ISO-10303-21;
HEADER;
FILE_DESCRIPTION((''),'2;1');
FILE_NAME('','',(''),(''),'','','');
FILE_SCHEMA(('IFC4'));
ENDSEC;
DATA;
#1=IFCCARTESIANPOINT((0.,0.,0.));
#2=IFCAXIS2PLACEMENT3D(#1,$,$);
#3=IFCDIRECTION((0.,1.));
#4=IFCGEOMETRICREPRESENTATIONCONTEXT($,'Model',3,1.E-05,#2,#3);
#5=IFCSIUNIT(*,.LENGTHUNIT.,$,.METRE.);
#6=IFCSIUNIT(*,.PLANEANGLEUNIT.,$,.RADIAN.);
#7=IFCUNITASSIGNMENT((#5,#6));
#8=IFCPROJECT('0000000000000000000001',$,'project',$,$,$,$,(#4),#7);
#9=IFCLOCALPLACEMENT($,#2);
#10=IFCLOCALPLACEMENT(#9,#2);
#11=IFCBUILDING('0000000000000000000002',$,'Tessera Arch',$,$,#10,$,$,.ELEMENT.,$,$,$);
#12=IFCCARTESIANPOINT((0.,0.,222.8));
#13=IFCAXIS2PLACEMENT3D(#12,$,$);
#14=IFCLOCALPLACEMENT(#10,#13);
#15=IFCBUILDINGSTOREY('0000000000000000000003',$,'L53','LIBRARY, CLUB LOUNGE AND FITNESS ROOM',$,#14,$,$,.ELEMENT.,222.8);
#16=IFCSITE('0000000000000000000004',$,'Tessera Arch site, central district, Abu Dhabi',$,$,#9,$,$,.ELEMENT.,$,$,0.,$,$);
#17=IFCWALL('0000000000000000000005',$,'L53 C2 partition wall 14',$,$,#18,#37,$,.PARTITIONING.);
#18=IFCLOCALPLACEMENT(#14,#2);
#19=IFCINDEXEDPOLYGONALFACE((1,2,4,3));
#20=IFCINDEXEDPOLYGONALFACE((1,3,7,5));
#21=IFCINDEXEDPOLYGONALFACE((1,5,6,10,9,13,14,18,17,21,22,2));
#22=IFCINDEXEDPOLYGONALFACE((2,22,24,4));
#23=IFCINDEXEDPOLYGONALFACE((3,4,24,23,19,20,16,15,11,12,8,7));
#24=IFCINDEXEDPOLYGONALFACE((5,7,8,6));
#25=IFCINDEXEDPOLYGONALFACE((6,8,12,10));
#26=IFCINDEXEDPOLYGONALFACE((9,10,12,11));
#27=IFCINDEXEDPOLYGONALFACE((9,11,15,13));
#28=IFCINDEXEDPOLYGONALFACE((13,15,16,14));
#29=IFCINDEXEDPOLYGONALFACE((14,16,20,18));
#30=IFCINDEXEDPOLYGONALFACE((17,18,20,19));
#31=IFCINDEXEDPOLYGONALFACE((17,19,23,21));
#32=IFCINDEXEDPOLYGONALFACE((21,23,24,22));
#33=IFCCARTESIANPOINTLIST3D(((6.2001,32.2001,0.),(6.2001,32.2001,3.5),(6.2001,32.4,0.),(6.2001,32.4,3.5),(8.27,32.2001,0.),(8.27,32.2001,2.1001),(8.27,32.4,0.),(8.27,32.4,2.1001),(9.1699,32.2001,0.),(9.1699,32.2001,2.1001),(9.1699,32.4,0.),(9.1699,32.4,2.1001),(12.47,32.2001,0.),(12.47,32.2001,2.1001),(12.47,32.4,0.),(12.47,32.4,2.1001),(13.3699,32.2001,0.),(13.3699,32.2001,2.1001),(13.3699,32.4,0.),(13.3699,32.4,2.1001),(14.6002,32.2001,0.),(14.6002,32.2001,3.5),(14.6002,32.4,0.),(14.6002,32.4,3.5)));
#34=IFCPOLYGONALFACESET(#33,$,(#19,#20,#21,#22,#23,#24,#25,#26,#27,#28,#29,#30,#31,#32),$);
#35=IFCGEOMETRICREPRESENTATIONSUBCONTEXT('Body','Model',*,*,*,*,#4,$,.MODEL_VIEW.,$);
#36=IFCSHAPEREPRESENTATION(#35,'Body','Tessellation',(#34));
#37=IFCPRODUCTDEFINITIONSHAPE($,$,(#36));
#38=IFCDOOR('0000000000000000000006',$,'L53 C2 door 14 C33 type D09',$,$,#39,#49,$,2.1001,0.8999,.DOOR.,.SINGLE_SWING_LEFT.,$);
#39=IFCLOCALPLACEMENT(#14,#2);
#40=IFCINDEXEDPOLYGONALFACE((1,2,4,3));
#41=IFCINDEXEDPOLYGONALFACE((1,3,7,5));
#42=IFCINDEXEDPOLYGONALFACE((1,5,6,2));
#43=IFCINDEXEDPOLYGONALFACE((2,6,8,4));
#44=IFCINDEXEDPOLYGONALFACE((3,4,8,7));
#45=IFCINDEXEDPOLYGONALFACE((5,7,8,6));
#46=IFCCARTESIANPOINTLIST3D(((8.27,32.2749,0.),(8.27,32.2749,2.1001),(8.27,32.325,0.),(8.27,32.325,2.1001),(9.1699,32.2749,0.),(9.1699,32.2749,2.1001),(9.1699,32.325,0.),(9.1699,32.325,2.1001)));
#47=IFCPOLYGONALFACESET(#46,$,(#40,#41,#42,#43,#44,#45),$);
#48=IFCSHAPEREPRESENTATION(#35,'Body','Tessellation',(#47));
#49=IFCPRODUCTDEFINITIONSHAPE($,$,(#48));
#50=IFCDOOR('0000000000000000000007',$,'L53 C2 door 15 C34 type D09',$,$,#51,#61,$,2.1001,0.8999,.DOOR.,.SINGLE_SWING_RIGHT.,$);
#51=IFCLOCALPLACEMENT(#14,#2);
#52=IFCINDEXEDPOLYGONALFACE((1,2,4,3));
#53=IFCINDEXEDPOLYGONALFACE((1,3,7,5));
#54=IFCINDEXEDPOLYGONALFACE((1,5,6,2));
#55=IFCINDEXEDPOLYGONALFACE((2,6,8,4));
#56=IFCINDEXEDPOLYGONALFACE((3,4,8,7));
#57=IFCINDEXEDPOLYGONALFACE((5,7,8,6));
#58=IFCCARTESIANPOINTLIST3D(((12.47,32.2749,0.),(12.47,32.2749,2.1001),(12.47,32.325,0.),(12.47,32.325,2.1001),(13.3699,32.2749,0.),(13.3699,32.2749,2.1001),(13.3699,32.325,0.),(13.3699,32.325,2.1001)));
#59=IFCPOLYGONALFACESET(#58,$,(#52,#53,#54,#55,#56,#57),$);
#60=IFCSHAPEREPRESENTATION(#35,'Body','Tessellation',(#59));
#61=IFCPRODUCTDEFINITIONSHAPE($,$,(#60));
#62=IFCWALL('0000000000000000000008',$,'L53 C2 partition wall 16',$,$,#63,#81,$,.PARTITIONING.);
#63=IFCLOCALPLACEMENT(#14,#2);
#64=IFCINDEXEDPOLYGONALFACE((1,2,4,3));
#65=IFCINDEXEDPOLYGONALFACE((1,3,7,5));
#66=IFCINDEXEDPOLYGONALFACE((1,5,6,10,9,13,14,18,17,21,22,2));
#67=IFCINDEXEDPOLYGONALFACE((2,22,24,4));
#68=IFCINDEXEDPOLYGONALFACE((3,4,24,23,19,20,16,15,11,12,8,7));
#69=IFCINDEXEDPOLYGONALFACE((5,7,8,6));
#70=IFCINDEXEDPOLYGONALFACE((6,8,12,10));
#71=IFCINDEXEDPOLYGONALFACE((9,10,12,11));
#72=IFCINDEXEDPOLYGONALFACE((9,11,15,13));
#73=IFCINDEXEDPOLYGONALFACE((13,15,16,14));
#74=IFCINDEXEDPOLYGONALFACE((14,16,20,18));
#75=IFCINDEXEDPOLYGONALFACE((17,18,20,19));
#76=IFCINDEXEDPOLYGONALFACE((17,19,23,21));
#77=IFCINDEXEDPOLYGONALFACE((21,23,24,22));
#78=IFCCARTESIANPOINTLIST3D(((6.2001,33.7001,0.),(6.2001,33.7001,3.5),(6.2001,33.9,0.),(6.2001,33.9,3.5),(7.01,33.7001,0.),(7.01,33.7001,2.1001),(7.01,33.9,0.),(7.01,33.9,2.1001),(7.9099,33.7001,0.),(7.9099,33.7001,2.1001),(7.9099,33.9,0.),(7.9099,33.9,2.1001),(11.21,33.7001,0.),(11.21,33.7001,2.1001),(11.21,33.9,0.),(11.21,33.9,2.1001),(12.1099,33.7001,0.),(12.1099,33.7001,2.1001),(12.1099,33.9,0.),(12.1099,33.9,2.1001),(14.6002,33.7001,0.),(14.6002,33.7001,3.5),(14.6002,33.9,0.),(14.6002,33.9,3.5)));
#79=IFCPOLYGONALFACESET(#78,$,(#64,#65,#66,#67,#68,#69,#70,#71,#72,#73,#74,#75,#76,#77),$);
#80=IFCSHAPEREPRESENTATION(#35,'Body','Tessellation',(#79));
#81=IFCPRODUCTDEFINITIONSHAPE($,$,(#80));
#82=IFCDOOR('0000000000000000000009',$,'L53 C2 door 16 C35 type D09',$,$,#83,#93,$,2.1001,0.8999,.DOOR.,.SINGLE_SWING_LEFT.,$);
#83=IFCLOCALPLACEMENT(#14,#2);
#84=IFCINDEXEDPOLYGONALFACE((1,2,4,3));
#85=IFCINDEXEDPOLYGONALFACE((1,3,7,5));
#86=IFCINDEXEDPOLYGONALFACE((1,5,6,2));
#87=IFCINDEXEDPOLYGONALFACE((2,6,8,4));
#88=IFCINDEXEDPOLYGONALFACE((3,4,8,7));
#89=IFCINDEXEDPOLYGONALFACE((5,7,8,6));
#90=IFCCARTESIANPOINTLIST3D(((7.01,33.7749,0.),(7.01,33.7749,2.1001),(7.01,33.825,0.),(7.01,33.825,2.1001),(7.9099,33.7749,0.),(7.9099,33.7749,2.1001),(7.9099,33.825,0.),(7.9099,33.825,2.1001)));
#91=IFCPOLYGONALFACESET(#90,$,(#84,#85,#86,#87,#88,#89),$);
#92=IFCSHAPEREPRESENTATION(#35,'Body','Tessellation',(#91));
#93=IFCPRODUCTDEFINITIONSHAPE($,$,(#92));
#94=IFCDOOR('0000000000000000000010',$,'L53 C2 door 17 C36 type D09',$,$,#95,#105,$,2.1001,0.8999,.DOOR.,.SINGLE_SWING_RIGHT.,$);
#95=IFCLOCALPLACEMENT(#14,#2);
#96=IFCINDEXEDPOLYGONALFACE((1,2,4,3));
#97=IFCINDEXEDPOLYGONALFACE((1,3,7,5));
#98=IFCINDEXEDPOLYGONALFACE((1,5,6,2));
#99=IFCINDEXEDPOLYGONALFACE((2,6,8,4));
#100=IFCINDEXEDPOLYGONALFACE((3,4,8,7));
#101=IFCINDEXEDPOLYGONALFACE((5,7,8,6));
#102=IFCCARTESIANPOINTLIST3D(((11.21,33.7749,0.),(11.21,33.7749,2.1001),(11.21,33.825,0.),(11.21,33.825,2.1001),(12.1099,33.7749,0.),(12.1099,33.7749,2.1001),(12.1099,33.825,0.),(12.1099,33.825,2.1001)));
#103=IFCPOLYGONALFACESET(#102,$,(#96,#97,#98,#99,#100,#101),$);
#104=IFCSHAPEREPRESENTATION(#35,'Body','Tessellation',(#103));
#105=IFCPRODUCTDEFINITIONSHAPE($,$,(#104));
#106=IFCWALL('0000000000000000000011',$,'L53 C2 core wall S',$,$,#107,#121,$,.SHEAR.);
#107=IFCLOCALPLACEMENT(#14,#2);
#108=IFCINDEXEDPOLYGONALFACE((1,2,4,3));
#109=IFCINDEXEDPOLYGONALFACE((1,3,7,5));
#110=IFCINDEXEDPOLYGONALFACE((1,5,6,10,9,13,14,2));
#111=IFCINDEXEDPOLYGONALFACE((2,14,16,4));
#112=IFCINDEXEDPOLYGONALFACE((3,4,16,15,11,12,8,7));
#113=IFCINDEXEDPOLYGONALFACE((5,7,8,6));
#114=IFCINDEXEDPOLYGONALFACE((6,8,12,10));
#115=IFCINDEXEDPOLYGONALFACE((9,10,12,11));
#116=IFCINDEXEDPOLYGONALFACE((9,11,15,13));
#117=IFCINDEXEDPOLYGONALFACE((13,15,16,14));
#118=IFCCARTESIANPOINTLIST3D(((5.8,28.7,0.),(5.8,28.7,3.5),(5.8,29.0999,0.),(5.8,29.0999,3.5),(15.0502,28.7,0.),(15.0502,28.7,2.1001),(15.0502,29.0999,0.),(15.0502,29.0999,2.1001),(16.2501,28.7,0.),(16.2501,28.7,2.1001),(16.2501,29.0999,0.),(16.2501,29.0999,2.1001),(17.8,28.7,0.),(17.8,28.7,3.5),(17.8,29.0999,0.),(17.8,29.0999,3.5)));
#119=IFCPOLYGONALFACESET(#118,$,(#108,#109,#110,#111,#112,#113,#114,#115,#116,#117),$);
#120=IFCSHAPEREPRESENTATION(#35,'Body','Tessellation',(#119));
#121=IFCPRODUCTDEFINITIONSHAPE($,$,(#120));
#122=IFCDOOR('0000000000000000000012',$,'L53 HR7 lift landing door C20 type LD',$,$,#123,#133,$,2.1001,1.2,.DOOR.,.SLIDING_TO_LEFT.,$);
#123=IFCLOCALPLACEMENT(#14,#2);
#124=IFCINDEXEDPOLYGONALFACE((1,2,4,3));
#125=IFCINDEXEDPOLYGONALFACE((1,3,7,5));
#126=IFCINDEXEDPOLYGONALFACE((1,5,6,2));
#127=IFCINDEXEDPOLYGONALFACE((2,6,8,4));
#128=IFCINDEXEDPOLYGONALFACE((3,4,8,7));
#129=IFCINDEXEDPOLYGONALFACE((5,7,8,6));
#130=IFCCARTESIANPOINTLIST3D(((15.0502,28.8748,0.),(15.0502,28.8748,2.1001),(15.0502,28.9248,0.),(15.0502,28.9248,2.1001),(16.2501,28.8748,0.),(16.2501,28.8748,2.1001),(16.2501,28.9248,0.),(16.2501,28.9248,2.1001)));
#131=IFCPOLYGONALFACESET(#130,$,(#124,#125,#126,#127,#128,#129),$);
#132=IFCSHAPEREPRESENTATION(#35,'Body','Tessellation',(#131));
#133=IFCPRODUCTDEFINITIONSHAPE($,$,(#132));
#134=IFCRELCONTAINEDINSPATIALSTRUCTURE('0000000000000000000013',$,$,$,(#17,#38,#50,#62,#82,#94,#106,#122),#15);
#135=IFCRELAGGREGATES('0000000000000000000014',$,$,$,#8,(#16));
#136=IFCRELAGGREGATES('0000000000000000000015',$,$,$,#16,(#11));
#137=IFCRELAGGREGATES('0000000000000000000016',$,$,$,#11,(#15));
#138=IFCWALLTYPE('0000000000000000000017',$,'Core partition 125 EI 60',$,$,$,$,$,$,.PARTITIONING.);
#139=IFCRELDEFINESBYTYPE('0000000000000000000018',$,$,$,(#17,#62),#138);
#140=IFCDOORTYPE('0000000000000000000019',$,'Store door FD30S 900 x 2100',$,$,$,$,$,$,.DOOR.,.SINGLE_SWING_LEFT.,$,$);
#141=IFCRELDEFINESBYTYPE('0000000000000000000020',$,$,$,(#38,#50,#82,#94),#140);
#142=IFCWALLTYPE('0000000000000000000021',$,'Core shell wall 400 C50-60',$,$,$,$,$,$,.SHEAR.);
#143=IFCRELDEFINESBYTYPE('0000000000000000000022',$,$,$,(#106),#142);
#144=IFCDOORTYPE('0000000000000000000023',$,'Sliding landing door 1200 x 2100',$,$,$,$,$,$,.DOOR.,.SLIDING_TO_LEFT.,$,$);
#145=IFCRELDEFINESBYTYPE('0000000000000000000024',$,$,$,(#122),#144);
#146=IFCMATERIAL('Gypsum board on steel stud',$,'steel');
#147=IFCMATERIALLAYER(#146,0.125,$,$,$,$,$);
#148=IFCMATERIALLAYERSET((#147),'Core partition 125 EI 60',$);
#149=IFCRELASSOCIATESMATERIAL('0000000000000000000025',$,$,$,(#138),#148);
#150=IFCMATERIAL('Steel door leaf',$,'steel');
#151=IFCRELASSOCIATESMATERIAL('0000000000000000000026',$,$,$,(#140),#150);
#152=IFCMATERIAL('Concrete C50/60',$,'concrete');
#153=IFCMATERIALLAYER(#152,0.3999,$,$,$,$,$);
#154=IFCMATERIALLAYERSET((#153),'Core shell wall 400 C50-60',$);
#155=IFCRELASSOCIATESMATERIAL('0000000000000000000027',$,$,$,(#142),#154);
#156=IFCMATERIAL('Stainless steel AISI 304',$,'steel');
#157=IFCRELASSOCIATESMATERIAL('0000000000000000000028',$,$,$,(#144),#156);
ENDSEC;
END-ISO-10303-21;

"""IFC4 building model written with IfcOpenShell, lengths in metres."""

from ifc_helpers import new_model, si_unit, direction, frame, frame_2d, origin, place, context, subcontext, project, spatial, rectangle, extrude, material, layer, layer_set, type_object, element, fill, save


model = new_model("IFC4")

# Units and contexts
model_context = context("Model", 3, precision=1e-05, world=origin(), true_north=direction((0.0, 1.0)))
body_context = subcontext(model_context, "Body", "Model", "MODEL_VIEW")
ifc_project = project(units=[si_unit("LENGTHUNIT", "METRE"), si_unit("PLANEANGLEUNIT", "RADIAN")], contexts=[model_context])

# Site, building, storey
site_placement = place(None, origin())
site = spatial("IfcSite", under=ifc_project, at=site_placement, Name="Tessera Arch site, central district, Abu Dhabi", CompositionType="ELEMENT", RefElevation=0.0)
building_placement = place(site_placement, origin())
building = spatial("IfcBuilding", under=site, at=building_placement, Name="Tessera Arch", CompositionType="ELEMENT")
storey_placement = place(building_placement, frame((0.0, 0.0, 222.8)))
storey = spatial("IfcBuildingStorey", under=building, at=storey_placement, Name="L53", Description="LIBRARY, CLUB LOUNGE AND FITNESS ROOM", CompositionType="ELEMENT", Elevation=222.8)

# Walls, openings, doors
ifc_material_1 = material(Name="Gypsum board on steel stud", Category="steel")
ifc_layer_1 = layer(ifc_material_1, 0.125)
ifc_layer_set_1 = layer_set([ifc_layer_1], Name="Core partition 125 EI 60")
wall_type_1 = type_object("IfcWallType", Name="Core partition 125 EI 60", PredefinedType="PARTITIONING", material=ifc_layer_set_1)
wall_1_placement = place(storey_placement, frame((6.2, 32.3, 0.0), z_axis=(0.0, 0.0, 1.0), x_axis=(1.0, 0.0, 0.0)))
wall_1 = element("IfcWall", 1, at=wall_1_placement, inside=storey, type_object=wall_type_1, Name="L53 C2 partition wall 14", PredefinedType="PARTITIONING", context=body_context, shape_type="SweptSolid", body=[
    extrude(rectangle(XDim=8.4001, YDim=0.2, at=frame_2d((4.2002, 0.0))), origin(), (0.0, 0.0, 1.0), 3.5),
])
opening_1_placement = place(wall_1_placement, frame((2.0701, 0.0, 0.0)))
opening_1 = element("IfcOpeningElement", 2, at=opening_1_placement, cuts=wall_1, PredefinedType="OPENING", context=body_context, shape_type="SweptSolid", body=[
    extrude(rectangle(XDim=0.8999, YDim=2.1001, at=frame_2d((0.45, 1.05))), frame((0.0, 0.1099, 0.0), z_axis=(0.0, -1.0, 0.0), x_axis=(1.0, 0.0, 0.0)), (0.0, 0.0, 1.0), 0.22),
])
opening_2_placement = place(wall_1_placement, frame((6.27, 0.0, 0.0)))
opening_2 = element("IfcOpeningElement", 3, at=opening_2_placement, cuts=wall_1, PredefinedType="OPENING", context=body_context, shape_type="SweptSolid", body=[
    extrude(rectangle(XDim=0.8999, YDim=2.1001, at=frame_2d((0.45, 1.05))), frame((0.0, 0.1099, 0.0), z_axis=(0.0, -1.0, 0.0), x_axis=(1.0, 0.0, 0.0)), (0.0, 0.0, 1.0), 0.22),
])
ifc_material_2 = material(Name="Steel door leaf", Category="steel")
door_type_1 = type_object("IfcDoorType", Name="Store door FD30S 900 x 2100", OperationType="SINGLE_SWING_LEFT", PredefinedType="DOOR", material=ifc_material_2)
door_1_placement = place(opening_1_placement, origin())
door_1 = element("IfcDoor", 4, at=door_1_placement, inside=storey, type_object=door_type_1, Name="L53 C2 door 14 C33 type D09", OperationType="SINGLE_SWING_LEFT", OverallHeight=2.1001, OverallWidth=0.8999, PredefinedType="DOOR", context=body_context, shape_type="SweptSolid", body=[
    extrude(rectangle(XDim=0.8999, YDim=2.1001, at=frame_2d((0.45, 1.05))), frame((0.0, 0.0249, 0.0), z_axis=(0.0, -1.0, 0.0), x_axis=(1.0, 0.0, 0.0)), (0.0, 0.0, 1.0), 0.05),
])
fill(opening_1, door_1)
door_2_placement = place(opening_2_placement, origin())
door_2 = element("IfcDoor", 5, at=door_2_placement, inside=storey, type_object=door_type_1, Name="L53 C2 door 15 C34 type D09", OperationType="SINGLE_SWING_RIGHT", OverallHeight=2.1001, OverallWidth=0.8999, PredefinedType="DOOR", context=body_context, shape_type="SweptSolid", body=[
    extrude(rectangle(XDim=0.8999, YDim=2.1001, at=frame_2d((0.45, 1.05))), frame((0.0, 0.0249, 0.0), z_axis=(0.0, -1.0, 0.0), x_axis=(1.0, 0.0, 0.0)), (0.0, 0.0, 1.0), 0.05),
])
fill(opening_2, door_2)
wall_2_placement = place(storey_placement, frame((6.2, 33.8, 0.0), z_axis=(0.0, 0.0, 1.0), x_axis=(1.0, 0.0, 0.0)))
wall_2 = element("IfcWall", 6, at=wall_2_placement, inside=storey, type_object=wall_type_1, Name="L53 C2 partition wall 16", PredefinedType="PARTITIONING", context=body_context, shape_type="SweptSolid", body=[
    extrude(rectangle(XDim=8.4001, YDim=0.2, at=frame_2d((4.2002, 0.0))), origin(), (0.0, 0.0, 1.0), 3.5),
])
opening_3_placement = place(wall_2_placement, frame((0.8101, 0.0, 0.0)))
opening_3 = element("IfcOpeningElement", 7, at=opening_3_placement, cuts=wall_2, PredefinedType="OPENING", context=body_context, shape_type="SweptSolid", body=[
    extrude(rectangle(XDim=0.8999, YDim=2.1001, at=frame_2d((0.45, 1.05))), frame((0.0, 0.1099, 0.0), z_axis=(0.0, -1.0, 0.0), x_axis=(1.0, 0.0, 0.0)), (0.0, 0.0, 1.0), 0.22),
])
opening_4_placement = place(wall_2_placement, frame((5.01, 0.0, 0.0)))
opening_4 = element("IfcOpeningElement", 8, at=opening_4_placement, cuts=wall_2, PredefinedType="OPENING", context=body_context, shape_type="SweptSolid", body=[
    extrude(rectangle(XDim=0.8999, YDim=2.1001, at=frame_2d((0.45, 1.05))), frame((0.0, 0.1099, 0.0), z_axis=(0.0, -1.0, 0.0), x_axis=(1.0, 0.0, 0.0)), (0.0, 0.0, 1.0), 0.22),
])
door_3_placement = place(opening_3_placement, origin())
door_3 = element("IfcDoor", 9, at=door_3_placement, inside=storey, type_object=door_type_1, Name="L53 C2 door 16 C35 type D09", OperationType="SINGLE_SWING_LEFT", OverallHeight=2.1001, OverallWidth=0.8999, PredefinedType="DOOR", context=body_context, shape_type="SweptSolid", body=[
    extrude(rectangle(XDim=0.8999, YDim=2.1001, at=frame_2d((0.45, 1.05))), frame((0.0, 0.0249, 0.0), z_axis=(0.0, -1.0, 0.0), x_axis=(1.0, 0.0, 0.0)), (0.0, 0.0, 1.0), 0.05),
])
fill(opening_3, door_3)
door_4_placement = place(opening_4_placement, origin())
door_4 = element("IfcDoor", 10, at=door_4_placement, inside=storey, type_object=door_type_1, Name="L53 C2 door 17 C36 type D09", OperationType="SINGLE_SWING_RIGHT", OverallHeight=2.1001, OverallWidth=0.8999, PredefinedType="DOOR", context=body_context, shape_type="SweptSolid", body=[
    extrude(rectangle(XDim=0.8999, YDim=2.1001, at=frame_2d((0.45, 1.05))), frame((0.0, 0.0249, 0.0), z_axis=(0.0, -1.0, 0.0), x_axis=(1.0, 0.0, 0.0)), (0.0, 0.0, 1.0), 0.05),
])
fill(opening_4, door_4)

# Wall, opening, door
ifc_material_3 = material(Name="Concrete C50/60", Category="concrete")
ifc_layer_2 = layer(ifc_material_3, 0.3999)
ifc_layer_set_2 = layer_set([ifc_layer_2], Name="Core shell wall 400 C50-60")
wall_type_2 = type_object("IfcWallType", Name="Core shell wall 400 C50-60", PredefinedType="SHEAR", material=ifc_layer_set_2)
wall_3_placement = place(storey_placement, frame((5.8, 28.8999, 0.0), z_axis=(0.0, 0.0, 1.0), x_axis=(1.0, 0.0, 0.0)))
wall_3 = element("IfcWall", 11, at=wall_3_placement, inside=storey, type_object=wall_type_2, Name="L53 C2 core wall S", PredefinedType="SHEAR", context=body_context, shape_type="SweptSolid", body=[
    extrude(rectangle(XDim=12.0, YDim=0.3999, at=frame_2d((6.0, 0.0))), origin(), (0.0, 0.0, 1.0), 3.5),
])
opening_5_placement = place(wall_3_placement, frame((9.25, 0.0, 0.0)))
opening_5 = element("IfcOpeningElement", 12, at=opening_5_placement, cuts=wall_3, PredefinedType="OPENING", context=body_context, shape_type="SweptSolid", body=[
    extrude(rectangle(XDim=1.2, YDim=2.1001, at=frame_2d((0.6001, 1.05))), frame((0.0, 0.21, 0.0), z_axis=(0.0, -1.0, 0.0), x_axis=(1.0, 0.0, 0.0)), (0.0, 0.0, 1.0), 0.4199),
])
ifc_material_4 = material(Name="Stainless steel AISI 304", Category="steel")
door_type_2 = type_object("IfcDoorType", Name="Sliding landing door 1200 x 2100", OperationType="SLIDING_TO_LEFT", PredefinedType="DOOR", material=ifc_material_4)
door_5_placement = place(opening_5_placement, origin())
door_5 = element("IfcDoor", 13, at=door_5_placement, inside=storey, type_object=door_type_2, Name="L53 HR7 lift landing door C20 type LD", OperationType="SLIDING_TO_LEFT", OverallHeight=2.1001, OverallWidth=1.2, PredefinedType="DOOR", context=body_context, shape_type="SweptSolid", body=[
    extrude(rectangle(XDim=1.2, YDim=2.1001, at=frame_2d((0.6001, 1.05))), frame((0.0, 0.0249, 0.0), z_axis=(0.0, -1.0, 0.0), x_axis=(1.0, 0.0, 0.0)), (0.0, 0.0, 1.0), 0.05),
])
fill(opening_5, door_5)

save(model, "model.ifc")
